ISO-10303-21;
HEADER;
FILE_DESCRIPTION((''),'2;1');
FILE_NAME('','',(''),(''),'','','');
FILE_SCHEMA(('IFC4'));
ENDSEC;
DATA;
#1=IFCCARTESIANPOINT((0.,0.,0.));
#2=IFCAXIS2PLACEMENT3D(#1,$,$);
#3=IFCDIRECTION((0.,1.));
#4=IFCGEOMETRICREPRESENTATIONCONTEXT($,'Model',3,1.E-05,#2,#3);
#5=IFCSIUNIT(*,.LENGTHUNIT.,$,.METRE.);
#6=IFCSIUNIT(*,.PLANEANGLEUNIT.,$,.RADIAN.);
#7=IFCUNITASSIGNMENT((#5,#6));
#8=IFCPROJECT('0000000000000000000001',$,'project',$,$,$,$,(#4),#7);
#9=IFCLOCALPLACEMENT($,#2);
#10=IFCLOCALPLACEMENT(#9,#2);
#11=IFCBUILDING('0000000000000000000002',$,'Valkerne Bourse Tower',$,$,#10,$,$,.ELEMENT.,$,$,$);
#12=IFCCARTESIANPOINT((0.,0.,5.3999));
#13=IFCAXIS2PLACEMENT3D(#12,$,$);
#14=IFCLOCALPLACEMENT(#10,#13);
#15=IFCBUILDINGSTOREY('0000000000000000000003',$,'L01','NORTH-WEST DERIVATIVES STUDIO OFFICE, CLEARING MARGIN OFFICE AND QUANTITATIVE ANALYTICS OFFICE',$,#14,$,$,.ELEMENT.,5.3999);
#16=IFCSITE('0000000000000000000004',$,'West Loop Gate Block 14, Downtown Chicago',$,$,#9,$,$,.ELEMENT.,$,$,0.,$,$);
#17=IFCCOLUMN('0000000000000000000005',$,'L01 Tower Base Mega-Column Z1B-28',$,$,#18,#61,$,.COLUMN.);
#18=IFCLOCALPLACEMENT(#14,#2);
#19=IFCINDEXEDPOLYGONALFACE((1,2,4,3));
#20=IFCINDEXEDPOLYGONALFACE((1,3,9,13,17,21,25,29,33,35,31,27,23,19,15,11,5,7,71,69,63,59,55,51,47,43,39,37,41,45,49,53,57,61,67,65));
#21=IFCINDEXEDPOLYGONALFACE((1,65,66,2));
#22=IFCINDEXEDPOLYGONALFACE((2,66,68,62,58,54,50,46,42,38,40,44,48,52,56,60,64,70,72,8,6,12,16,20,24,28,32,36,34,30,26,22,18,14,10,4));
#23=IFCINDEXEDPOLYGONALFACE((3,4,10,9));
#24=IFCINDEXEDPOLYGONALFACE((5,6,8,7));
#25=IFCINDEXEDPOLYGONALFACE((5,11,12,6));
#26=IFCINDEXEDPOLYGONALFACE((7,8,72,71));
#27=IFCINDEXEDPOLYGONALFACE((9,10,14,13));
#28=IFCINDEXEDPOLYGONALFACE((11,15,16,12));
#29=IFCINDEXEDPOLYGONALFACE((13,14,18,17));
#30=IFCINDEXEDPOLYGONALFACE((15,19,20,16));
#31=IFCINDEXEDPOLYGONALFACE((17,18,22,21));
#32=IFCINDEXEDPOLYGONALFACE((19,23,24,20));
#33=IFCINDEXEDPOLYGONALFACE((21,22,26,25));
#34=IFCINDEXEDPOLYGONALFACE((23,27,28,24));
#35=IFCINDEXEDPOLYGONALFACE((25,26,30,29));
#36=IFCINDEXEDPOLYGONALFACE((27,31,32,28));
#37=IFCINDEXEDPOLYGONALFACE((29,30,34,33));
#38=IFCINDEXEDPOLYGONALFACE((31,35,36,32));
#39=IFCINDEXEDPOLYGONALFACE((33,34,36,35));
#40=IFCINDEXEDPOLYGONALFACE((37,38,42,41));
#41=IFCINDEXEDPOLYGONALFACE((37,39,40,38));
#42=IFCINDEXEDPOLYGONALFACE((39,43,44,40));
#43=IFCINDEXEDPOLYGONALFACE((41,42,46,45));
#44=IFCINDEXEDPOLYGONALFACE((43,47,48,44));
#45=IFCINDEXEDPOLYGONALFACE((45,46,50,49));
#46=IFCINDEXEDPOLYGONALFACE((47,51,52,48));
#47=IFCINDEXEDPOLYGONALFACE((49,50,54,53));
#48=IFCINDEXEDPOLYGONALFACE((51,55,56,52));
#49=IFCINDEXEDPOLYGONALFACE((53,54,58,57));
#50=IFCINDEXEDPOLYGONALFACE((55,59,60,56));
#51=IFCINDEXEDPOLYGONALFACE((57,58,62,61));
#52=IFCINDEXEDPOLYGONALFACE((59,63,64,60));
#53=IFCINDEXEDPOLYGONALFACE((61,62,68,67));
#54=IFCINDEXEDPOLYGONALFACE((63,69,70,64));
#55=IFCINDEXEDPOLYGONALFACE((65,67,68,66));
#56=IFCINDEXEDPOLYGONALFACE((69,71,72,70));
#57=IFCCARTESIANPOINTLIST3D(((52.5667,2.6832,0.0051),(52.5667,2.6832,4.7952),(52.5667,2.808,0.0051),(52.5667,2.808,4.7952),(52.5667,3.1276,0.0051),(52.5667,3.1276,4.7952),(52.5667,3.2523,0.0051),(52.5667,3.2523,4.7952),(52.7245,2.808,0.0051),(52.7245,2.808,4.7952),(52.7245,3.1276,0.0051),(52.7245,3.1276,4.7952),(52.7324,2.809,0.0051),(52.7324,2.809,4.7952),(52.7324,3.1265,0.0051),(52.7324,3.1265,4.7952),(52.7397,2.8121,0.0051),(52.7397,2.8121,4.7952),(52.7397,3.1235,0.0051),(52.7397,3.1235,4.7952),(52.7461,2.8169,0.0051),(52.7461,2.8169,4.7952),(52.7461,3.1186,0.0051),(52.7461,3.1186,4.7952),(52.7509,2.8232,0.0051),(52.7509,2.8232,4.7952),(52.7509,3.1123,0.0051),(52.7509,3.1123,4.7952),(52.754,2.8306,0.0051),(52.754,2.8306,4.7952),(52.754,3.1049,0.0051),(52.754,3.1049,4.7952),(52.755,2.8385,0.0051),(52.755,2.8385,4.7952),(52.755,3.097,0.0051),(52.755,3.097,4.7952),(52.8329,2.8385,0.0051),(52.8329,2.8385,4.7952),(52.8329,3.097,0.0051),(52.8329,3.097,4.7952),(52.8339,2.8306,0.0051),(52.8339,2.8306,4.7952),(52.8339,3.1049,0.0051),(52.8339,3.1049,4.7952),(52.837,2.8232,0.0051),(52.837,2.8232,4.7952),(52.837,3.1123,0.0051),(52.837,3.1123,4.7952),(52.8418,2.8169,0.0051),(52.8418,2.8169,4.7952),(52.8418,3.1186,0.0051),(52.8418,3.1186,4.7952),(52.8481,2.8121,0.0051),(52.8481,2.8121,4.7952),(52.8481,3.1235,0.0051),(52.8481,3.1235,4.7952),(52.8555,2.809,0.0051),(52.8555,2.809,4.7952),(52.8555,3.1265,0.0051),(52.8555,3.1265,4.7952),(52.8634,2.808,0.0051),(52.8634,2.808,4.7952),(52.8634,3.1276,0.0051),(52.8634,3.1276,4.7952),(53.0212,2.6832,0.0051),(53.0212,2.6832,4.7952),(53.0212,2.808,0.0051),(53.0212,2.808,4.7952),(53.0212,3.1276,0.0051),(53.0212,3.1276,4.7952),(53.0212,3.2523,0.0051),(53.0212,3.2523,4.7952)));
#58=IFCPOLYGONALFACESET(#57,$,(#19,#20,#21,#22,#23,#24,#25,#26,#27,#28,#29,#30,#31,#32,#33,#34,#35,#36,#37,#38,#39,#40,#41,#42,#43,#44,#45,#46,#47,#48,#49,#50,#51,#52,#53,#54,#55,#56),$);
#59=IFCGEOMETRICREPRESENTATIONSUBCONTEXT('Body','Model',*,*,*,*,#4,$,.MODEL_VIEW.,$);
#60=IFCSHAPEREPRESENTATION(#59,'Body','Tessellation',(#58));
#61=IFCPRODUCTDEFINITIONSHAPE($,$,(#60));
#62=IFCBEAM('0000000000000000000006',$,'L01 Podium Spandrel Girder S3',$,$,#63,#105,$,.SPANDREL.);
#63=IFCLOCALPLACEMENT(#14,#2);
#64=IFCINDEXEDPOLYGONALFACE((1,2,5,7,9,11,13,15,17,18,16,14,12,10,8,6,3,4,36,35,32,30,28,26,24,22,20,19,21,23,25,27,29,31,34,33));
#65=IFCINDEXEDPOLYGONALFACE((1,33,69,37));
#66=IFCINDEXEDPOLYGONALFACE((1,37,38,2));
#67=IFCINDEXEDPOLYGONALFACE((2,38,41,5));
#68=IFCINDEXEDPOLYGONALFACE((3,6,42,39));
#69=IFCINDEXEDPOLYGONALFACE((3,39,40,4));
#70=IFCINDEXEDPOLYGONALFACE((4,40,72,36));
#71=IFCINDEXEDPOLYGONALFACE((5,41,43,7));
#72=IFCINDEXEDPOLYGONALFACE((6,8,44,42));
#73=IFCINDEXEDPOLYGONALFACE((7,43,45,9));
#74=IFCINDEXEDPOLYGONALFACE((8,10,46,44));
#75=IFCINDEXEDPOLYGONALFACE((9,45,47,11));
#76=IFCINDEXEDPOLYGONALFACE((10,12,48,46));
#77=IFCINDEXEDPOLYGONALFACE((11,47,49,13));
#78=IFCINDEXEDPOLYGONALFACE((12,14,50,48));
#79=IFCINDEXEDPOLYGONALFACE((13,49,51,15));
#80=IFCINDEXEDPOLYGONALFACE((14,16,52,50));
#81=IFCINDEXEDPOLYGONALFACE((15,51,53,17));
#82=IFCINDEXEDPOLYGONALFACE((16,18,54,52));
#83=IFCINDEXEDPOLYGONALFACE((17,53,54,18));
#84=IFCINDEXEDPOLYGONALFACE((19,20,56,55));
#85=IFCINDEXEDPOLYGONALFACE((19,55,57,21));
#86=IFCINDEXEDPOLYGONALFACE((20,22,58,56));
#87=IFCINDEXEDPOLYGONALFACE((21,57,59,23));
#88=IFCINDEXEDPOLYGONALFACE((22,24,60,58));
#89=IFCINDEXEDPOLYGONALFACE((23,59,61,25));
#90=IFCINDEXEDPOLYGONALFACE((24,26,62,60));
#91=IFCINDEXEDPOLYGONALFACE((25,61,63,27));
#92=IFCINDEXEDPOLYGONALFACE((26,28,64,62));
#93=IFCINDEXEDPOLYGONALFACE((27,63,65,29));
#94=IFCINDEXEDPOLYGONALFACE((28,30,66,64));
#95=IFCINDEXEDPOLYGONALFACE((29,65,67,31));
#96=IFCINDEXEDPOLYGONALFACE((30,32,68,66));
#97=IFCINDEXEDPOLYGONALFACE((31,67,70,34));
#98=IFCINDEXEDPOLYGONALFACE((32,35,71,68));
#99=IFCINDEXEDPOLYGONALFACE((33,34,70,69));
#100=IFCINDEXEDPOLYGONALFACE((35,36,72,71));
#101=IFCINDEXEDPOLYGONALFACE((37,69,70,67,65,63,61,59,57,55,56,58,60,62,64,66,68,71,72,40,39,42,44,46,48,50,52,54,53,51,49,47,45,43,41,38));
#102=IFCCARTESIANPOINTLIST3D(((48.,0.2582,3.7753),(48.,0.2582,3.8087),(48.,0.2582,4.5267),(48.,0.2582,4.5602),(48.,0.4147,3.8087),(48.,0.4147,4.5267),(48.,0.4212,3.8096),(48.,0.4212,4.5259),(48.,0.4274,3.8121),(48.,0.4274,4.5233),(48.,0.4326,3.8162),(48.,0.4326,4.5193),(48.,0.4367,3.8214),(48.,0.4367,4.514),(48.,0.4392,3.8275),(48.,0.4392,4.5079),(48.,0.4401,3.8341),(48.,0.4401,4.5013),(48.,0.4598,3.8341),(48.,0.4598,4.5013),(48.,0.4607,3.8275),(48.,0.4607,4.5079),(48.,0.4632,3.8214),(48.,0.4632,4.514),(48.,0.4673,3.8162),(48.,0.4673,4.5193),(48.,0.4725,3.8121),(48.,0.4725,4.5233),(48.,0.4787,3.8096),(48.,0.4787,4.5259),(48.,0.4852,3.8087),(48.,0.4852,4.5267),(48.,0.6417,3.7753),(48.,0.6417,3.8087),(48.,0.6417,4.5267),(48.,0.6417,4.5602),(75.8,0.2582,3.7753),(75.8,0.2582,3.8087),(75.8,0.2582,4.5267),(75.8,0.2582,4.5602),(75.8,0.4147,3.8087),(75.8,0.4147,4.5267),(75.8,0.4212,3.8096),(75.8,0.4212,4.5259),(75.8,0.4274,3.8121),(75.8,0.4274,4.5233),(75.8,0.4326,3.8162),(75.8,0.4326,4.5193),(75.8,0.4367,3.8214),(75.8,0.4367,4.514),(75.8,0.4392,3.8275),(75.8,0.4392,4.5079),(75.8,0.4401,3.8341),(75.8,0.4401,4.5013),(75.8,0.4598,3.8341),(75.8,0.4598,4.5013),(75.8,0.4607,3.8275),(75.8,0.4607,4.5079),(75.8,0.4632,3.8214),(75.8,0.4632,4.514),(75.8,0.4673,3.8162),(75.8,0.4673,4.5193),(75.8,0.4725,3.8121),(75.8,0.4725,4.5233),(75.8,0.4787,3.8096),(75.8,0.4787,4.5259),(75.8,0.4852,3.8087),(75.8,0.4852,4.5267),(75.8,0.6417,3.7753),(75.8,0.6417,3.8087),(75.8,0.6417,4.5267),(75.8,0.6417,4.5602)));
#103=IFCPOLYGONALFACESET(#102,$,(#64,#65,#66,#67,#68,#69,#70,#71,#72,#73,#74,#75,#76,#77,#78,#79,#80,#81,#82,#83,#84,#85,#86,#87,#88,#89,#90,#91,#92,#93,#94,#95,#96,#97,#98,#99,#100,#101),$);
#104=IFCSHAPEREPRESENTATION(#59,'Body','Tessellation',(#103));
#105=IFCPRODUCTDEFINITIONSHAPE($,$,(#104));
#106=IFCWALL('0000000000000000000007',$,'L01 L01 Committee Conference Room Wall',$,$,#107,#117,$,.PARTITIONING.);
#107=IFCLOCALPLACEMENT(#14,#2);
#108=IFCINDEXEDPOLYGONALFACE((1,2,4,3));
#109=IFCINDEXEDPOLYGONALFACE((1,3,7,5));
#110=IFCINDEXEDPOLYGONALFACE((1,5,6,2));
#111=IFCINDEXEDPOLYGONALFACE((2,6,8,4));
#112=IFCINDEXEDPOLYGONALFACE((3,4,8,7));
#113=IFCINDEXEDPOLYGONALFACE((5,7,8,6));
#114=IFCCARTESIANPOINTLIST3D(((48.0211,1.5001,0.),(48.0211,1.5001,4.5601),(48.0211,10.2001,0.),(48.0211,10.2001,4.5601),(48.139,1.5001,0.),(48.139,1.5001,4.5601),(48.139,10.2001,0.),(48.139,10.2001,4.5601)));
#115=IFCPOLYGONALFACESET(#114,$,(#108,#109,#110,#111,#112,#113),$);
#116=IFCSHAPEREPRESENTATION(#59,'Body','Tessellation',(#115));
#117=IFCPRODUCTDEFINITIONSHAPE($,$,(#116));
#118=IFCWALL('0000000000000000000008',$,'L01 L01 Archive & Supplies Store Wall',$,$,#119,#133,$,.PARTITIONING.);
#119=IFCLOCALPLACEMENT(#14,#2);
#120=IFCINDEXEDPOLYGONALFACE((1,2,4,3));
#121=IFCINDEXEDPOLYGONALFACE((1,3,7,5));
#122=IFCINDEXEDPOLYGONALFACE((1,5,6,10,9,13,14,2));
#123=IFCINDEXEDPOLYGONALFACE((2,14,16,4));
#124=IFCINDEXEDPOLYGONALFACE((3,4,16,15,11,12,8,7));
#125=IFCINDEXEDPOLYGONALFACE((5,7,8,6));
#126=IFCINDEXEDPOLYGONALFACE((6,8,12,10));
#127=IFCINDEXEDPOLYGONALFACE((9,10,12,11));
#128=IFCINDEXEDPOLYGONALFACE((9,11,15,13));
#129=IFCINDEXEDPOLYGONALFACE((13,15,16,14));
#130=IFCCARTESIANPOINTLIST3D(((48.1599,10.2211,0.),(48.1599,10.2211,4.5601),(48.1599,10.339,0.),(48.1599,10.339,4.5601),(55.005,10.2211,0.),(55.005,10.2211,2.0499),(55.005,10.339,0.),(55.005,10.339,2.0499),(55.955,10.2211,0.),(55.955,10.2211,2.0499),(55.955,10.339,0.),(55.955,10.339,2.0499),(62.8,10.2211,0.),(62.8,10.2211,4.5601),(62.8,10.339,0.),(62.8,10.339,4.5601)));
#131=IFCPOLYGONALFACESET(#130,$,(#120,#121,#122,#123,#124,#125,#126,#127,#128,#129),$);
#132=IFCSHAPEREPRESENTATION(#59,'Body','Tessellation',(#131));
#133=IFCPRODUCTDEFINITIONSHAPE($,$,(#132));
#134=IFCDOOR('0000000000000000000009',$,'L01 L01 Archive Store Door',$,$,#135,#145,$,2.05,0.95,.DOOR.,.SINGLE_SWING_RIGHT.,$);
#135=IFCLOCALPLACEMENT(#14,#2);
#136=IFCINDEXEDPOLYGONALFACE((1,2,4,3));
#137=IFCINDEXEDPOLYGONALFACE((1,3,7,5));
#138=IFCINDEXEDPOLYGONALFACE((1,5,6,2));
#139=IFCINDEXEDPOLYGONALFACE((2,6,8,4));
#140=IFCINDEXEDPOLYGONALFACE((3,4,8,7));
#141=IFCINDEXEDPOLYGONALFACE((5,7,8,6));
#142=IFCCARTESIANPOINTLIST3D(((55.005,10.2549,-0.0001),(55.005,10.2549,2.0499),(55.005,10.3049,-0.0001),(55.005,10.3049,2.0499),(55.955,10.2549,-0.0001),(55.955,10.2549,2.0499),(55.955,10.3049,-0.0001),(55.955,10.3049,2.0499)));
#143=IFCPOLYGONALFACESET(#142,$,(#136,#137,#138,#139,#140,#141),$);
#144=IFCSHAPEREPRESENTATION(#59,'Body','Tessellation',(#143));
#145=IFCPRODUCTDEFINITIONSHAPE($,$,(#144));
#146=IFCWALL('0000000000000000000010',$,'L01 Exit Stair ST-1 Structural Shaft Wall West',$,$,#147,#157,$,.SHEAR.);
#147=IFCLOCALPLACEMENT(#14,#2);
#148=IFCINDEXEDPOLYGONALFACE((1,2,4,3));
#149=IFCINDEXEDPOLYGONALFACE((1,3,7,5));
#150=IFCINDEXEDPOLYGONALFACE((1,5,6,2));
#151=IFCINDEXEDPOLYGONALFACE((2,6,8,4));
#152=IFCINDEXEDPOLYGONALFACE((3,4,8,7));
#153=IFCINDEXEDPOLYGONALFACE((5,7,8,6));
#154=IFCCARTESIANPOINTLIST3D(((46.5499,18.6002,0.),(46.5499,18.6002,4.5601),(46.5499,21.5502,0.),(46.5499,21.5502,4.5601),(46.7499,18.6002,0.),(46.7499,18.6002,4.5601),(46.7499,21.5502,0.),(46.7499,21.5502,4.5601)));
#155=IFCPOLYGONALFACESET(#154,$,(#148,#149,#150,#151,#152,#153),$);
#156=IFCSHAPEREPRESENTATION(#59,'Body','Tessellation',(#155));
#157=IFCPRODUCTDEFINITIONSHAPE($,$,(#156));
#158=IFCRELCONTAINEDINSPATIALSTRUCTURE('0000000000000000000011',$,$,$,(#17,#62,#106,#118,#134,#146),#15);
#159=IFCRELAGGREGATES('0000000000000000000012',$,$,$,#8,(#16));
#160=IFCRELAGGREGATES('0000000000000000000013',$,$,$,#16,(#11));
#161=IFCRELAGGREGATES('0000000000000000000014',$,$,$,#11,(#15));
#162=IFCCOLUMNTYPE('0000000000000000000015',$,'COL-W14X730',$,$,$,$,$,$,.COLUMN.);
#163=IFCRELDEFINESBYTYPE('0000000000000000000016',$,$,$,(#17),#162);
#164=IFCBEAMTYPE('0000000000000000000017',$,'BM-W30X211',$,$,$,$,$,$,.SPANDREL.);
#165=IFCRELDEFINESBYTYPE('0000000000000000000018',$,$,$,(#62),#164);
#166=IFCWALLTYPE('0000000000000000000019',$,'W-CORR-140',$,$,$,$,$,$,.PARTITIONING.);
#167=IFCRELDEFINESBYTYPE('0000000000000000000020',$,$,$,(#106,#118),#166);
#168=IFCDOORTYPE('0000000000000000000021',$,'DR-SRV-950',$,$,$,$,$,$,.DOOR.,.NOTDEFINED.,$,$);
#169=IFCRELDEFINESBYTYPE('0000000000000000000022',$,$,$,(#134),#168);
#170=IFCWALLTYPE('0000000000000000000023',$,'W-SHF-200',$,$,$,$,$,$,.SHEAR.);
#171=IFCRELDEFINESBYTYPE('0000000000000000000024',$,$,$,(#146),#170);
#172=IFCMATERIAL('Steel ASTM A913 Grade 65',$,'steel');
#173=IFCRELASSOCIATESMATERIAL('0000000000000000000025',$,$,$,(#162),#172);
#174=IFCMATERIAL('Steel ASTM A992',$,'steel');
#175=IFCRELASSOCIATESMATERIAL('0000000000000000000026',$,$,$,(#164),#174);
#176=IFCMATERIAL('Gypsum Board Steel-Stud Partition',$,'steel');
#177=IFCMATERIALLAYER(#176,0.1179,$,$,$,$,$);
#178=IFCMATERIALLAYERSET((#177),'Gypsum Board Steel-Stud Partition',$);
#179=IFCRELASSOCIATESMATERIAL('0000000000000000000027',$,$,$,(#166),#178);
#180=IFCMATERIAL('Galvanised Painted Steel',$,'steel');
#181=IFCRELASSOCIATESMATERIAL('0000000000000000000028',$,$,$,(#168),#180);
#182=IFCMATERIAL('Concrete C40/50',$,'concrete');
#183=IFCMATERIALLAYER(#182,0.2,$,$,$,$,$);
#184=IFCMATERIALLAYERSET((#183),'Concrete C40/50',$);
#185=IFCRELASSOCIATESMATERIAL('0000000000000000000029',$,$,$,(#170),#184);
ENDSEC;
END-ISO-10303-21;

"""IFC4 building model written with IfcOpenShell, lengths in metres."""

from ifc_helpers import new_model, si_unit, direction, frame, frame_2d, origin, origin_2d, place, context, subcontext, project, spatial, rectangle, i_section, extrude, material, layer, layer_set, material_profile, profile_set, type_object, element, fill, save


model = new_model("IFC4")

# Units and contexts
model_context = context("Model", 3, precision=1e-05, world=origin(), true_north=direction((0.0, 1.0)))
body_context = subcontext(model_context, "Body", "Model", "MODEL_VIEW")
ifc_project = project(units=[si_unit("LENGTHUNIT", "METRE"), si_unit("PLANEANGLEUNIT", "RADIAN")], contexts=[model_context])

# Site, building, storey
site_placement = place(None, origin())
site = spatial("IfcSite", under=ifc_project, at=site_placement, Name="West Loop Gate Block 14, Downtown Chicago", CompositionType="ELEMENT", RefElevation=0.0)
building_placement = place(site_placement, origin())
building = spatial("IfcBuilding", under=site, at=building_placement, Name="Valkerne Bourse Tower", CompositionType="ELEMENT")
storey_placement = place(building_placement, frame((0.0, 0.0, 5.3999)))
storey = spatial("IfcBuildingStorey", under=building, at=storey_placement, Name="L01", Description="NORTH-WEST DERIVATIVES STUDIO OFFICE, CLEARING MARGIN OFFICE AND QUANTITATIVE ANALYTICS OFFICE", CompositionType="ELEMENT", Elevation=5.3999)

# Column
ifc_material_1 = material(Name="Steel ASTM A913 Grade 65", Category="steel")
ifc_material_profile_1 = material_profile(ifc_material_1, i_section(OverallWidth=0.4546, OverallDepth=0.5691, WebThickness=0.0779, FlangeThickness=0.1248, FilletRadius=0.0305, at=origin_2d()), Name="W14X730")
ifc_profile_set_1 = profile_set([ifc_material_profile_1], Name="Steel ASTM A913 Grade 65")
column_type_1 = type_object("IfcColumnType", Name="COL-W14X730", PredefinedType="COLUMN", material=ifc_profile_set_1)
for number, where, z_axis, x_axis, name in (
    (1, (52.7939, 2.9678, 0.0051), (0.0, 0.0, 1.0), (1.0, 0.0, 0.0), "L01 Tower Base Mega-Column Z1B-28"),
):
    element("IfcColumn", number, at=place(storey_placement, frame(where, z_axis=z_axis, x_axis=x_axis)), inside=storey, type_object=column_type_1, Name=name, PredefinedType="COLUMN", context=body_context, shape_type="SweptSolid", body=[
        extrude(i_section(OverallWidth=0.4546, OverallDepth=0.5691, WebThickness=0.0779, FlangeThickness=0.1248, FilletRadius=0.0305, at=origin_2d()), origin(), (0.0, 0.0, 1.0), 4.79),
    ])

# Beam
ifc_material_2 = material(Name="Steel ASTM A992", Category="steel")
ifc_material_profile_2 = material_profile(ifc_material_2, i_section(OverallWidth=0.3835, OverallDepth=0.7849, WebThickness=0.0198, FlangeThickness=0.0334, FilletRadius=0.0254, at=origin_2d()), Name="W30X211")
ifc_profile_set_2 = profile_set([ifc_material_profile_2], Name="Steel ASTM A992")
beam_type = type_object("IfcBeamType", Name="BM-W30X211", PredefinedType="SPANDREL", material=ifc_profile_set_2)
beam_placement = place(storey_placement, frame((48.0, 0.45, 4.1677), z_axis=(1.0, 0.0, 0.0), x_axis=(0.0, 1.0, 0.0)))
element("IfcBeam", 2, at=beam_placement, inside=storey, type_object=beam_type, Name="L01 Podium Spandrel Girder S3", PredefinedType="SPANDREL", context=body_context, shape_type="SweptSolid", body=[
    extrude(i_section(OverallWidth=0.3835, OverallDepth=0.7849, WebThickness=0.0198, FlangeThickness=0.0334, FilletRadius=0.0254, at=origin_2d()), origin(), (0.0, 0.0, 1.0), 27.8),
])

# Wall
ifc_material_3 = material(Name="Gypsum Board Steel-Stud Partition", Category="steel")
ifc_layer_1 = layer(ifc_material_3, 0.1179)
ifc_layer_set_1 = layer_set([ifc_layer_1], Name="Gypsum Board Steel-Stud Partition")
wall_type_1 = type_object("IfcWallType", Name="W-CORR-140", PredefinedType="PARTITIONING", material=ifc_layer_set_1)
wall_1_placement = place(storey_placement, frame((48.0801, 1.5, 0.0), z_axis=(0.0, 0.0, 1.0), x_axis=(0.0, 1.0, 0.0)))
element("IfcWall", 3, at=wall_1_placement, inside=storey, type_object=wall_type_1, Name="L01 L01 Committee Conference Room Wall", PredefinedType="PARTITIONING", context=body_context, shape_type="SweptSolid", body=[
    extrude(rectangle(XDim=8.7, YDim=0.1179, at=frame_2d((4.3501, 0.0))), origin(), (0.0, 0.0, 1.0), 4.5601),
])

# Wall, opening, door
wall_2_placement = place(storey_placement, frame((48.1599, 10.28, 0.0), z_axis=(0.0, 0.0, 1.0), x_axis=(1.0, 0.0, 0.0)))
wall_2 = element("IfcWall", 4, at=wall_2_placement, inside=storey, type_object=wall_type_1, Name="L01 L01 Archive & Supplies Store Wall", PredefinedType="PARTITIONING", context=body_context, shape_type="SweptSolid", body=[
    extrude(rectangle(XDim=14.6401, YDim=0.1179, at=frame_2d((7.3201, 0.0))), origin(), (0.0, 0.0, 1.0), 4.5601),
])
opening_1_placement = place(wall_2_placement, frame((6.845, 0.0, 0.0)))
opening_1 = element("IfcOpeningElement", 5, at=opening_1_placement, cuts=wall_2, PredefinedType="OPENING", context=body_context, shape_type="SweptSolid", body=[
    extrude(rectangle(XDim=0.95, YDim=2.05, at=frame_2d((0.4751, 1.0249))), frame((0.0, 0.0688, 0.0), z_axis=(0.0, -1.0, 0.0), x_axis=(1.0, 0.0, 0.0)), (0.0, 0.0, 1.0), 0.1379),
])
ifc_material_4 = material(Name="Galvanised Painted Steel", Category="steel")
door_type_1 = type_object("IfcDoorType", Name="DR-SRV-950", OperationType="NOTDEFINED", PredefinedType="DOOR", material=ifc_material_4)
door_1_placement = place(opening_1_placement, origin())
door_1 = element("IfcDoor", 6, at=door_1_placement, inside=storey, type_object=door_type_1, Name="L01 L01 Archive Store Door", OperationType="SINGLE_SWING_RIGHT", OverallHeight=2.05, OverallWidth=0.95, PredefinedType="DOOR", context=body_context, shape_type="SweptSolid", body=[
    extrude(rectangle(XDim=0.95, YDim=2.05, at=frame_2d((0.4751, 1.0249))), frame((0.0, 0.0249, 0.0), z_axis=(0.0, -1.0, 0.0), x_axis=(1.0, 0.0, 0.0)), (0.0, 0.0, 1.0), 0.05),
])
fill(opening_1, door_1)

# Wall
ifc_material_5 = material(Name="Concrete C40/50", Category="concrete")
ifc_layer_2 = layer(ifc_material_5, 0.2)
ifc_layer_set_2 = layer_set([ifc_layer_2], Name="Concrete C40/50")
wall_type_2 = type_object("IfcWallType", Name="W-SHF-200", PredefinedType="SHEAR", material=ifc_layer_set_2)
wall_3_placement = place(storey_placement, frame((46.6499, 18.6001, 0.0), z_axis=(0.0, 0.0, 1.0), x_axis=(0.0, 1.0, 0.0)))
element("IfcWall", 7, at=wall_3_placement, inside=storey, type_object=wall_type_2, Name="L01 Exit Stair ST-1 Structural Shaft Wall West", PredefinedType="SHEAR", context=body_context, shape_type="SweptSolid", body=[
    extrude(rectangle(XDim=2.95, YDim=0.2, at=frame_2d((1.4751, 0.0))), origin(), (0.0, 0.0, 1.0), 4.5601),
])

save(model, "model.ifc")
